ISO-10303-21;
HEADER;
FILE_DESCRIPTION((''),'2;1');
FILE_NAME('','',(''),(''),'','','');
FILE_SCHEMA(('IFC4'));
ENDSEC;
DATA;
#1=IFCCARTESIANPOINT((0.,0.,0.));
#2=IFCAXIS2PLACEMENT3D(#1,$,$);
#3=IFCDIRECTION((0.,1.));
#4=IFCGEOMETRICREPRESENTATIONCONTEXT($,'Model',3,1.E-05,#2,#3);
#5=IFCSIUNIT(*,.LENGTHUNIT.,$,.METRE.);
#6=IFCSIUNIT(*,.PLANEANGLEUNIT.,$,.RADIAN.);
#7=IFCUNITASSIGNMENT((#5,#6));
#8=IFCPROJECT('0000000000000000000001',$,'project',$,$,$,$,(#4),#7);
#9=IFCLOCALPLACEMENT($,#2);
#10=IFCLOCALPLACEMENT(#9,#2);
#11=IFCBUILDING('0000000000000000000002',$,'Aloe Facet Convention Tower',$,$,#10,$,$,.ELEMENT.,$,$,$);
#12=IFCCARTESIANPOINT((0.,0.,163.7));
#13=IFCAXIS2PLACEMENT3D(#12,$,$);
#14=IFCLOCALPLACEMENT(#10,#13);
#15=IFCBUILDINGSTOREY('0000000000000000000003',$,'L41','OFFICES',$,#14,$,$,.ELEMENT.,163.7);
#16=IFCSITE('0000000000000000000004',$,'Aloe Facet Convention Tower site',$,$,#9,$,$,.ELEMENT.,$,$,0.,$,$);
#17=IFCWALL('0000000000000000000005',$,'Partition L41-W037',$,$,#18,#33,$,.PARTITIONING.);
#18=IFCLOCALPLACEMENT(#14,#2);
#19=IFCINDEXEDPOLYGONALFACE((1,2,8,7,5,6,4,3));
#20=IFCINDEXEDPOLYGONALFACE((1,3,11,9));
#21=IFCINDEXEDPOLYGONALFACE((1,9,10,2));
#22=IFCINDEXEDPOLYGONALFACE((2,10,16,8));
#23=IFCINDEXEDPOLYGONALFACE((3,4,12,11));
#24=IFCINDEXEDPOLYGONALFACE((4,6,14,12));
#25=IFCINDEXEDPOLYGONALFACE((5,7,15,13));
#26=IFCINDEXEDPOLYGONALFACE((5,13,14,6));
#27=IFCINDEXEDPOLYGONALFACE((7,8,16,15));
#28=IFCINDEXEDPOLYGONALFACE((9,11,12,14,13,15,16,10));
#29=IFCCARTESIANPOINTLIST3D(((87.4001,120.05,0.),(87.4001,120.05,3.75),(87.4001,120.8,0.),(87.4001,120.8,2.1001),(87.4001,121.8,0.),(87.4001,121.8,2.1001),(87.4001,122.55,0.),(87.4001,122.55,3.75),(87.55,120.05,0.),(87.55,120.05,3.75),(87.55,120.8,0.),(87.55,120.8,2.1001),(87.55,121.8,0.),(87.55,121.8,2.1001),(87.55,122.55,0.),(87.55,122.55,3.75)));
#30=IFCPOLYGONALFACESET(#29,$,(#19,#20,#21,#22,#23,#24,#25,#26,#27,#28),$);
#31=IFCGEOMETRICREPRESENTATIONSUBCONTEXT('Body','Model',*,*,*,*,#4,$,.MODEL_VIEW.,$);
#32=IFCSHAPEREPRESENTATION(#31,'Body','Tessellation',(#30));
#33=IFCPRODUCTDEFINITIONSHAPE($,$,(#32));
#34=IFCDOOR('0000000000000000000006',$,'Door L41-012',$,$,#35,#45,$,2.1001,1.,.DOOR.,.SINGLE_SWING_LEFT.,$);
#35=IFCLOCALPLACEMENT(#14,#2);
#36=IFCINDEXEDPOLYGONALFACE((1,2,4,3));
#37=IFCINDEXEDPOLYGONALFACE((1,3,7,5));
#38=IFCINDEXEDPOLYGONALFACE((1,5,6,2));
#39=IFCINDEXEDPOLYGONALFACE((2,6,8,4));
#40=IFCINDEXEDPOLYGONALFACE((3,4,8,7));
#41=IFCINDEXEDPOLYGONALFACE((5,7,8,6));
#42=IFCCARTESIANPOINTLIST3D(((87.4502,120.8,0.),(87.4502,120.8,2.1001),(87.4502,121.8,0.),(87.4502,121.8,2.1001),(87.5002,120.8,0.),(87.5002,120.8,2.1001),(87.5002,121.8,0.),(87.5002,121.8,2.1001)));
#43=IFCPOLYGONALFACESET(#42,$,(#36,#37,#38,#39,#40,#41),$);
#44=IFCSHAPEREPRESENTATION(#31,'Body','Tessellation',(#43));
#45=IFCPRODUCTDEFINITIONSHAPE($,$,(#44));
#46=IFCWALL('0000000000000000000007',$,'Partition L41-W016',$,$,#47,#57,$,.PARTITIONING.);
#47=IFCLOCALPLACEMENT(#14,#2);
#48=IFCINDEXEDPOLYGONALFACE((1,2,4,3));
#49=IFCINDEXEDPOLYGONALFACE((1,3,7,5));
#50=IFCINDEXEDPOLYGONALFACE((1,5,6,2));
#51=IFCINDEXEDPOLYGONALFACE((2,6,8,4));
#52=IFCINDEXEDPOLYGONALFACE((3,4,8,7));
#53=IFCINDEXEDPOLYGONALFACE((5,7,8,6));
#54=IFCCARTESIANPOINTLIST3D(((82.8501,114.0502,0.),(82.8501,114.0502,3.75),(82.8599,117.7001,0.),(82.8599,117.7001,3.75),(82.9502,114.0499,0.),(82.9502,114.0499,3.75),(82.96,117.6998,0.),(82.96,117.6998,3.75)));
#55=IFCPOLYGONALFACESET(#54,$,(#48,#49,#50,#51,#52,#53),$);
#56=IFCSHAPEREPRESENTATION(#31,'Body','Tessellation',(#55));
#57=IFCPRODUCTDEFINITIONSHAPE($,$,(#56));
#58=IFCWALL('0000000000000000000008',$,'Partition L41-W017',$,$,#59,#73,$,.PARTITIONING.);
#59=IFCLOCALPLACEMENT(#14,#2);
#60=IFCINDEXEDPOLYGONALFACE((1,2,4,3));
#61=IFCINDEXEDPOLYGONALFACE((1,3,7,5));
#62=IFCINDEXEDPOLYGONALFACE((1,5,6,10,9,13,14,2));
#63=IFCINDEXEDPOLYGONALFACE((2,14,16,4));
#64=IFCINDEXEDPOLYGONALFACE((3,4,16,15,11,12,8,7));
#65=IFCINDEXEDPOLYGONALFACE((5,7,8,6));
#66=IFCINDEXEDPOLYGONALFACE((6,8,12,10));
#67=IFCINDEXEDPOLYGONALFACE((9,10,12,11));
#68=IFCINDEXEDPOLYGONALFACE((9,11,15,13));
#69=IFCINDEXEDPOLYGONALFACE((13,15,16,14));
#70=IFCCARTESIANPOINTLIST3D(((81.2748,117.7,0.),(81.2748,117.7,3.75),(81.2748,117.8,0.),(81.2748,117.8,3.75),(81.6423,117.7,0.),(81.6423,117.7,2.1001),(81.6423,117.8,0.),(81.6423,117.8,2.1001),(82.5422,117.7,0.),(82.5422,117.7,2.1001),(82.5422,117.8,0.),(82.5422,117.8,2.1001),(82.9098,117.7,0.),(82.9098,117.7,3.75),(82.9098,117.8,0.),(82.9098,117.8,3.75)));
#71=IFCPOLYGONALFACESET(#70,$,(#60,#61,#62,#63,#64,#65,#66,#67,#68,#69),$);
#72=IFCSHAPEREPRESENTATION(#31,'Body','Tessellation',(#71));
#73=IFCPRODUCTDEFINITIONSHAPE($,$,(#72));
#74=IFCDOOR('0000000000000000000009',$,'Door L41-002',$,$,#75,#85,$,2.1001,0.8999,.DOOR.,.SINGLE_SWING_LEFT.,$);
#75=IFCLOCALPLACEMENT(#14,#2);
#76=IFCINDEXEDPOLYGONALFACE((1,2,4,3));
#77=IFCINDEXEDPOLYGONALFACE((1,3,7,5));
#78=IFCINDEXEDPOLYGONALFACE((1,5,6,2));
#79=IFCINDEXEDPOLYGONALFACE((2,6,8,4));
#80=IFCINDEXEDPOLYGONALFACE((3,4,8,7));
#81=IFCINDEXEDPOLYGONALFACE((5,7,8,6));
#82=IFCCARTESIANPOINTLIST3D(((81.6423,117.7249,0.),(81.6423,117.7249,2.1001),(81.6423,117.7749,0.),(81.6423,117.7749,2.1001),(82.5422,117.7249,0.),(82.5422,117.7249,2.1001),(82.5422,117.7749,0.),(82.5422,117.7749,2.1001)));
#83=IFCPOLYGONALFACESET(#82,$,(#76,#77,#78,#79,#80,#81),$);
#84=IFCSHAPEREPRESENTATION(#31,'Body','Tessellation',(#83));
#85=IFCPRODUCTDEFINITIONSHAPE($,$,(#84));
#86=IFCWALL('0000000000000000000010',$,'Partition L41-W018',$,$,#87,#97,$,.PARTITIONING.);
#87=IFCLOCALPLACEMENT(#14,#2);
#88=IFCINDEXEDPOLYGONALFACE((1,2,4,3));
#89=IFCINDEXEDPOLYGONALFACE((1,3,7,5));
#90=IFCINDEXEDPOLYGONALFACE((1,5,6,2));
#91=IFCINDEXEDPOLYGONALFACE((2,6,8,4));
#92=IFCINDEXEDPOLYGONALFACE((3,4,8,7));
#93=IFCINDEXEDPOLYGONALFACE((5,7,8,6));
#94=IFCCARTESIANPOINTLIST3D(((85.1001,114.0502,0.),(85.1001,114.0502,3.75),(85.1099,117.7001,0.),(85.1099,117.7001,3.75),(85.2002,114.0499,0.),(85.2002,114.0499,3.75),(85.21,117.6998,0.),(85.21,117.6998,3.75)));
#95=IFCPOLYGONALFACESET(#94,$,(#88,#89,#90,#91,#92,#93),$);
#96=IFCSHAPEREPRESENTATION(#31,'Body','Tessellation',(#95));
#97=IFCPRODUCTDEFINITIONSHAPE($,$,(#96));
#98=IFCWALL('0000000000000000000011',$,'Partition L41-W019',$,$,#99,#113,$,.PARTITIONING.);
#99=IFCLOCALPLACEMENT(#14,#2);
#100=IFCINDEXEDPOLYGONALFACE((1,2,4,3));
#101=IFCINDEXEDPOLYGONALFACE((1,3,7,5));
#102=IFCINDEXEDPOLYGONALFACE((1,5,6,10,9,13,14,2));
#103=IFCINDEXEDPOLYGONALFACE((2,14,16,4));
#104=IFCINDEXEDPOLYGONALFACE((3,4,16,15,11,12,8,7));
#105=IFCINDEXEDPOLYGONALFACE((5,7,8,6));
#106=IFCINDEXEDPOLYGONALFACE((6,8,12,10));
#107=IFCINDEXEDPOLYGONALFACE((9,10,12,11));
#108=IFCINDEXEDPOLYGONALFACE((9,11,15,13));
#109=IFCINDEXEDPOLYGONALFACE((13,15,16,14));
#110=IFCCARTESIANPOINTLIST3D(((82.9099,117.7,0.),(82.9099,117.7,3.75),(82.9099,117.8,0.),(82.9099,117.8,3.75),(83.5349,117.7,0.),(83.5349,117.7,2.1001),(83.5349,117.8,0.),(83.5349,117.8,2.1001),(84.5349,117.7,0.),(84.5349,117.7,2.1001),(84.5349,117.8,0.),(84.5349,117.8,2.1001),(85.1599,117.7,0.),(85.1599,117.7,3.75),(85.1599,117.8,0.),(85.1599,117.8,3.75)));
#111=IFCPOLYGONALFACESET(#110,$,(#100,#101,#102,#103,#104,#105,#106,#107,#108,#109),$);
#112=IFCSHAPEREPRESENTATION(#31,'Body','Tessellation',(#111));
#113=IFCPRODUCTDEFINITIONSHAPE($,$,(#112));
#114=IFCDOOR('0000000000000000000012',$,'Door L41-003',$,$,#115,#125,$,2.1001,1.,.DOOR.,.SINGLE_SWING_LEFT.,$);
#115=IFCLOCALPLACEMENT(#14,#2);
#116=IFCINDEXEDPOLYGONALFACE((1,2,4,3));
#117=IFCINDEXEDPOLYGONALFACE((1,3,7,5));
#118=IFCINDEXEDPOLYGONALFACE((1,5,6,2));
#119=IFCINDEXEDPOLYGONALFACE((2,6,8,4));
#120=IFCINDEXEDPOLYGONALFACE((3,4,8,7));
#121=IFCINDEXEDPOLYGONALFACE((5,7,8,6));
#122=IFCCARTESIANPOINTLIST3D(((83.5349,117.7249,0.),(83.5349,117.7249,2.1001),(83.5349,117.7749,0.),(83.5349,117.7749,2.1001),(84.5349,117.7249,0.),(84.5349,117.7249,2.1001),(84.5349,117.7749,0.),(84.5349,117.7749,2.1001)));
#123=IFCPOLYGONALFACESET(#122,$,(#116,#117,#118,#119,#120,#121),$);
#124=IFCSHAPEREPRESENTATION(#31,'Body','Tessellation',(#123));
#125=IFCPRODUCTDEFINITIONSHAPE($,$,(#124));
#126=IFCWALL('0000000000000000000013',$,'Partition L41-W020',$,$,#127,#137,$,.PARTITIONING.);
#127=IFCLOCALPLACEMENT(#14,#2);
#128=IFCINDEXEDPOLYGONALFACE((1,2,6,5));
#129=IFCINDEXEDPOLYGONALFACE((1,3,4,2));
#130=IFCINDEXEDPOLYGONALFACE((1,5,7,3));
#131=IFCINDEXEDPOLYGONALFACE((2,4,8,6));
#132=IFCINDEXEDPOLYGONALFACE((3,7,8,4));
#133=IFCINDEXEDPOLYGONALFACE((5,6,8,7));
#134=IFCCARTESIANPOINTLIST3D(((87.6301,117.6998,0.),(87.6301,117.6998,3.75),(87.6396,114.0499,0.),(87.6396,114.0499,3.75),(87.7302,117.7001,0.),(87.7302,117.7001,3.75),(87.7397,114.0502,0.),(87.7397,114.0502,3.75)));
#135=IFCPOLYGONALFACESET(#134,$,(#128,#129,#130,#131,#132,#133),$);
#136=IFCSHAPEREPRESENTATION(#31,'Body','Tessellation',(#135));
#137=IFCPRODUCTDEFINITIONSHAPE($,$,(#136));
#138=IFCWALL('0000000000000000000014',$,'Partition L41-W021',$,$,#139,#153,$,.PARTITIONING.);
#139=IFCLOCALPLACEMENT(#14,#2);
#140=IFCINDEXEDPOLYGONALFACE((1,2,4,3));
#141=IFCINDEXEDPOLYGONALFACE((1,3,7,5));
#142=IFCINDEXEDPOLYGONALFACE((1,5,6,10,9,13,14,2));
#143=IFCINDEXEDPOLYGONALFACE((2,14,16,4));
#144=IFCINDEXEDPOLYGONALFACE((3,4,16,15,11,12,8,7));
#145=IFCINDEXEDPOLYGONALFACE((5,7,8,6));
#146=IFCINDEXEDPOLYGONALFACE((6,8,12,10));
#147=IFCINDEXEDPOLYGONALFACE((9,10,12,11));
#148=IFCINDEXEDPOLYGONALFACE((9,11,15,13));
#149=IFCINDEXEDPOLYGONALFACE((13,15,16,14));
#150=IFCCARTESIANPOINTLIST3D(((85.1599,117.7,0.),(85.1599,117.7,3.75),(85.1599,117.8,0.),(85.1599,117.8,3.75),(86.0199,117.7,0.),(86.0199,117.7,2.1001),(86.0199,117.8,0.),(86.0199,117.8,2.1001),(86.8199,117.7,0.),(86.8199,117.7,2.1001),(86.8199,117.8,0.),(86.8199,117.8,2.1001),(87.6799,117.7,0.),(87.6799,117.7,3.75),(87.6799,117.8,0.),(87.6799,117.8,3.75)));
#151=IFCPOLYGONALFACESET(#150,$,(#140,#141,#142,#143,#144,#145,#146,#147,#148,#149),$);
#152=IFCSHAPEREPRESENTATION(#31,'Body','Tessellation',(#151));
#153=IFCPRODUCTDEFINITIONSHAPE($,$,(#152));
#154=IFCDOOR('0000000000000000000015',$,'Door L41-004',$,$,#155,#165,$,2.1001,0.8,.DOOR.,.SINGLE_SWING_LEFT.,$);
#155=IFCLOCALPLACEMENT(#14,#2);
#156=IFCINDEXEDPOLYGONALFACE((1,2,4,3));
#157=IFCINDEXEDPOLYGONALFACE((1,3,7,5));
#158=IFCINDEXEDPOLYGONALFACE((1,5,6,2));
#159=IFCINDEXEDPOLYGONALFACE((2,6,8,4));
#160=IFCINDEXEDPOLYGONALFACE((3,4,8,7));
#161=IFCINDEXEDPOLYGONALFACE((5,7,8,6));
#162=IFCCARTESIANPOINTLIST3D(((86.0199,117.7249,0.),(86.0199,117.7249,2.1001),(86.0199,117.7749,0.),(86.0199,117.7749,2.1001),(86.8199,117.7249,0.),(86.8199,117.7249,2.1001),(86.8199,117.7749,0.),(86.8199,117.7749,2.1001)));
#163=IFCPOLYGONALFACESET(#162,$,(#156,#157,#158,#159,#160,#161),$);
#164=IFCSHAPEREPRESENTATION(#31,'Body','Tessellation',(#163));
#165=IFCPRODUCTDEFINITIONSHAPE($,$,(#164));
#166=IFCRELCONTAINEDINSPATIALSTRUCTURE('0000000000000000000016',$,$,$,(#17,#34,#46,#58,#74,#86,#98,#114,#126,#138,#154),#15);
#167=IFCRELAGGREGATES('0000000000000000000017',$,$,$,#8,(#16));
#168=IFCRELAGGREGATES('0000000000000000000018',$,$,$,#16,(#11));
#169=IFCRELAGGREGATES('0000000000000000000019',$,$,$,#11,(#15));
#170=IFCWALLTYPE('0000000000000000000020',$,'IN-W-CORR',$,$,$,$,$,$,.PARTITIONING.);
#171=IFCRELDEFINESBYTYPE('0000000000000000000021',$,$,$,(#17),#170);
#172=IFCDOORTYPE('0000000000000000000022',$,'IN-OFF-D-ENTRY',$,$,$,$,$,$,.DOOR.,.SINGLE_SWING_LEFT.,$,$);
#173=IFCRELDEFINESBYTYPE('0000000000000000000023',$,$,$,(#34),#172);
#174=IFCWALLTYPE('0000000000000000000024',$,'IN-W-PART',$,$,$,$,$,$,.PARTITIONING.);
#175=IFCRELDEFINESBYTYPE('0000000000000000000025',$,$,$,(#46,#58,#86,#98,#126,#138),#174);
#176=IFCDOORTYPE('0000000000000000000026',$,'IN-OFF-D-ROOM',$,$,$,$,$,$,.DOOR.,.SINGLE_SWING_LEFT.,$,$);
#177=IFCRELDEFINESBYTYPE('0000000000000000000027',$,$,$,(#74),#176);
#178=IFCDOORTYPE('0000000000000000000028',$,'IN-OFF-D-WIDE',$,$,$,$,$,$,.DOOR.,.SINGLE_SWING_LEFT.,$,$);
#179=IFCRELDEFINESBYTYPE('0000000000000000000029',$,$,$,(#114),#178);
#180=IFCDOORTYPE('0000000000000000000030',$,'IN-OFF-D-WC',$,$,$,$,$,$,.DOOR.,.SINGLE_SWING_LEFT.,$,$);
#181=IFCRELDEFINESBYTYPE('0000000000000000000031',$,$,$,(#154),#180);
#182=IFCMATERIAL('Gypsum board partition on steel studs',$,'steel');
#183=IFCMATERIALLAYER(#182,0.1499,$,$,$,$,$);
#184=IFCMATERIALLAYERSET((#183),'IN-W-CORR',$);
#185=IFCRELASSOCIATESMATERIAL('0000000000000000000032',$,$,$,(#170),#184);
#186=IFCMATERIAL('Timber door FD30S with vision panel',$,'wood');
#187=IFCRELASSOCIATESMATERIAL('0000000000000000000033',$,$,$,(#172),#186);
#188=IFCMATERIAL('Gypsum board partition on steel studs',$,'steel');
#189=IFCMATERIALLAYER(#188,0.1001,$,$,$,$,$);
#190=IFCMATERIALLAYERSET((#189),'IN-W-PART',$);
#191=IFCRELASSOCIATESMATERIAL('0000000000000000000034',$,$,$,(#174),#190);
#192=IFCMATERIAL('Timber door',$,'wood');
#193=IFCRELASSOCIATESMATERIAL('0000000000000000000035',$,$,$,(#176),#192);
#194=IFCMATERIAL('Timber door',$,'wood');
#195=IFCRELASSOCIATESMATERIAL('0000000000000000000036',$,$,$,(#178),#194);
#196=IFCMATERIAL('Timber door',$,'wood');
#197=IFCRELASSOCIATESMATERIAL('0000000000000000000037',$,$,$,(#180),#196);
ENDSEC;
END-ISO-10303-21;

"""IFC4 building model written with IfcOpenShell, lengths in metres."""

from ifc_helpers import new_model, si_unit, direction, frame, frame_2d, origin, place, context, subcontext, project, spatial, rectangle, extrude, material, layer, layer_set, type_object, element, fill, save


model = new_model("IFC4")

# Units and contexts
model_context = context("Model", 3, precision=1e-05, world=origin(), true_north=direction((0.0, 1.0)))
body_context = subcontext(model_context, "Body", "Model", "MODEL_VIEW")
ifc_project = project(units=[si_unit("LENGTHUNIT", "METRE"), si_unit("PLANEANGLEUNIT", "RADIAN")], contexts=[model_context])

# Site, building, storey
site_placement = place(None, origin())
site = spatial("IfcSite", under=ifc_project, at=site_placement, Name="Aloe Facet Convention Tower site", CompositionType="ELEMENT", RefElevation=0.0)
building_placement = place(site_placement, origin())
building = spatial("IfcBuilding", under=site, at=building_placement, Name="Aloe Facet Convention Tower", CompositionType="ELEMENT")
storey_placement = place(building_placement, frame((0.0, 0.0, 163.7)))
storey = spatial("IfcBuildingStorey", under=building, at=storey_placement, Name="L41", Description="OFFICES", CompositionType="ELEMENT", Elevation=163.7)

# Wall, opening, door
ifc_material_1 = material(Name="Gypsum board partition on steel studs", Category="steel")
ifc_layer_1 = layer(ifc_material_1, 0.1499)
ifc_layer_set_1 = layer_set([ifc_layer_1], Name="IN-W-CORR")
wall_type_1 = type_object("IfcWallType", Name="IN-W-CORR", PredefinedType="PARTITIONING", material=ifc_layer_set_1)
ifc_material_2 = material(Name="Timber door FD30S with vision panel", Category="wood")
door_type_1 = type_object("IfcDoorType", Name="IN-OFF-D-ENTRY", OperationType="SINGLE_SWING_LEFT", PredefinedType="DOOR", material=ifc_material_2)
wall_1_placement = place(storey_placement, frame((87.4751, 120.05, 0.0), z_axis=(0.0, 0.0, 1.0), x_axis=(0.0, 1.0, 0.0)))
wall_1 = element("IfcWall", 1, at=wall_1_placement, inside=storey, type_object=wall_type_1, Name="Partition L41-W037", PredefinedType="PARTITIONING", context=body_context, shape_type="SweptSolid", body=[
    extrude(rectangle(XDim=2.5, YDim=0.1499, at=frame_2d((1.25, 0.0))), origin(), (0.0, 0.0, 1.0), 3.75),
])
opening_1_placement = place(wall_1_placement, frame((0.75, 0.0, 0.0)))
opening_1 = element("IfcOpeningElement", 2, at=opening_1_placement, cuts=wall_1, PredefinedType="OPENING", context=body_context, shape_type="SweptSolid", body=[
    extrude(rectangle(XDim=1.0, YDim=2.1001, at=frame_2d((0.5, 1.05))), frame((0.0, 0.085, 0.0), z_axis=(0.0, -1.0, 0.0), x_axis=(1.0, 0.0, 0.0)), (0.0, 0.0, 1.0), 0.1699),
])
door_1_placement = place(opening_1_placement, origin())
door_1 = element("IfcDoor", 3, at=door_1_placement, inside=storey, type_object=door_type_1, Name="Door L41-012", OperationType="SINGLE_SWING_LEFT", OverallHeight=2.1001, OverallWidth=1.0, PredefinedType="DOOR", context=body_context, shape_type="SweptSolid", body=[
    extrude(rectangle(XDim=1.0, YDim=2.1001, at=frame_2d((0.5, 1.05))), frame((0.0, 0.0249, 0.0), z_axis=(0.0, -1.0, 0.0), x_axis=(1.0, 0.0, 0.0)), (0.0, 0.0, 1.0), 0.05),
])
fill(opening_1, door_1)

# Wall
ifc_material_3 = material(Name="Gypsum board partition on steel studs", Category="steel")
ifc_layer_2 = layer(ifc_material_3, 0.1001)
ifc_layer_set_2 = layer_set([ifc_layer_2], Name="IN-W-PART")
wall_type_2 = type_object("IfcWallType", Name="IN-W-PART", PredefinedType="PARTITIONING", material=ifc_layer_set_2)
wall_2_placement = place(storey_placement, frame((82.9001, 114.05, 0.0), z_axis=(0.0, 0.0, 1.0), x_axis=(0.002676, 0.999996, 0.0)))
element("IfcWall", 4, at=wall_2_placement, inside=storey, type_object=wall_type_2, Name="Partition L41-W016", PredefinedType="PARTITIONING", context=body_context, shape_type="SweptSolid", body=[
    extrude(rectangle(XDim=3.6499, YDim=0.1001, at=frame_2d((1.825, 0.0))), origin(), (0.0, 0.0, 1.0), 3.75),
])

# Wall, opening, door
wall_3_placement = place(storey_placement, frame((81.2749, 117.75, 0.0), z_axis=(0.0, 0.0, 1.0), x_axis=(1.0, 0.0, 0.0)))
wall_3 = element("IfcWall", 5, at=wall_3_placement, inside=storey, type_object=wall_type_2, Name="Partition L41-W017", PredefinedType="PARTITIONING", context=body_context, shape_type="SweptSolid", body=[
    extrude(rectangle(XDim=1.635, YDim=0.1001, at=frame_2d((0.8174, 0.0))), origin(), (0.0, 0.0, 1.0), 3.75),
])
opening_2_placement = place(wall_3_placement, frame((0.3674, 0.0, 0.0)))
opening_2 = element("IfcOpeningElement", 6, at=opening_2_placement, cuts=wall_3, PredefinedType="OPENING", context=body_context, shape_type="SweptSolid", body=[
    extrude(rectangle(XDim=0.8999, YDim=2.1001, at=frame_2d((0.45, 1.05))), frame((0.0, 0.0601, 0.0), z_axis=(0.0, -1.0, 0.0), x_axis=(1.0, 0.0, 0.0)), (0.0, 0.0, 1.0), 0.1201),
])
ifc_material_4 = material(Name="Timber door", Category="wood")
door_type_2 = type_object("IfcDoorType", Name="IN-OFF-D-ROOM", OperationType="SINGLE_SWING_LEFT", PredefinedType="DOOR", material=ifc_material_4)
door_2_placement = place(opening_2_placement, origin())
door_2 = element("IfcDoor", 7, at=door_2_placement, inside=storey, type_object=door_type_2, Name="Door L41-002", OperationType="SINGLE_SWING_LEFT", OverallHeight=2.1001, OverallWidth=0.8999, PredefinedType="DOOR", context=body_context, shape_type="SweptSolid", body=[
    extrude(rectangle(XDim=0.8999, YDim=2.1001, at=frame_2d((0.45, 1.05))), frame((0.0, 0.0249, 0.0), z_axis=(0.0, -1.0, 0.0), x_axis=(1.0, 0.0, 0.0)), (0.0, 0.0, 1.0), 0.05),
])
fill(opening_2, door_2)

# Wall
wall_4_placement = place(storey_placement, frame((85.1501, 114.05, 0.0), z_axis=(0.0, 0.0, 1.0), x_axis=(0.002676, 0.999996, 0.0)))
element("IfcWall", 8, at=wall_4_placement, inside=storey, type_object=wall_type_2, Name="Partition L41-W018", PredefinedType="PARTITIONING", context=body_context, shape_type="SweptSolid", body=[
    extrude(rectangle(XDim=3.6499, YDim=0.1001, at=frame_2d((1.825, 0.0))), origin(), (0.0, 0.0, 1.0), 3.75),
])

# Wall, opening, door
wall_5_placement = place(storey_placement, frame((82.9099, 117.75, 0.0), z_axis=(0.0, 0.0, 1.0), x_axis=(1.0, 0.0, 0.0)))
wall_5 = element("IfcWall", 9, at=wall_5_placement, inside=storey, type_object=wall_type_2, Name="Partition L41-W019", PredefinedType="PARTITIONING", context=body_context, shape_type="SweptSolid", body=[
    extrude(rectangle(XDim=2.25, YDim=0.1001, at=frame_2d((1.125, 0.0))), origin(), (0.0, 0.0, 1.0), 3.75),
])
opening_3_placement = place(wall_5_placement, frame((0.625, 0.0, 0.0)))
opening_3 = element("IfcOpeningElement", 10, at=opening_3_placement, cuts=wall_5, PredefinedType="OPENING", context=body_context, shape_type="SweptSolid", body=[
    extrude(rectangle(XDim=1.0, YDim=2.1001, at=frame_2d((0.5, 1.05))), frame((0.0, 0.0601, 0.0), z_axis=(0.0, -1.0, 0.0), x_axis=(1.0, 0.0, 0.0)), (0.0, 0.0, 1.0), 0.1201),
])
ifc_material_5 = material(Name="Timber door", Category="wood")
door_type_3 = type_object("IfcDoorType", Name="IN-OFF-D-WIDE", OperationType="SINGLE_SWING_LEFT", PredefinedType="DOOR", material=ifc_material_5)
door_3_placement = place(opening_3_placement, origin())
door_3 = element("IfcDoor", 11, at=door_3_placement, inside=storey, type_object=door_type_3, Name="Door L41-003", OperationType="SINGLE_SWING_LEFT", OverallHeight=2.1001, OverallWidth=1.0, PredefinedType="DOOR", context=body_context, shape_type="SweptSolid", body=[
    extrude(rectangle(XDim=1.0, YDim=2.1001, at=frame_2d((0.5, 1.05))), frame((0.0, 0.0249, 0.0), z_axis=(0.0, -1.0, 0.0), x_axis=(1.0, 0.0, 0.0)), (0.0, 0.0, 1.0), 0.05),
])
fill(opening_3, door_3)

# Wall
wall_6_placement = place(storey_placement, frame((87.6897, 114.05, 0.0), z_axis=(0.0, 0.0, 1.0), x_axis=(-0.002609, 0.999997, 0.0)))
element("IfcWall", 12, at=wall_6_placement, inside=storey, type_object=wall_type_2, Name="Partition L41-W020", PredefinedType="PARTITIONING", context=body_context, shape_type="SweptSolid", body=[
    extrude(rectangle(XDim=3.6499, YDim=0.1001, at=frame_2d((1.825, 0.0))), origin(), (0.0, 0.0, 1.0), 3.75),
])

# Wall, opening, door
wall_7_placement = place(storey_placement, frame((85.1599, 117.75, 0.0), z_axis=(0.0, 0.0, 1.0), x_axis=(1.0, 0.0, 0.0)))
wall_7 = element("IfcWall", 13, at=wall_7_placement, inside=storey, type_object=wall_type_2, Name="Partition L41-W021", PredefinedType="PARTITIONING", context=body_context, shape_type="SweptSolid", body=[
    extrude(rectangle(XDim=2.52, YDim=0.1001, at=frame_2d((1.26, 0.0))), origin(), (0.0, 0.0, 1.0), 3.75),
])
opening_4_placement = place(wall_7_placement, frame((0.8601, 0.0, 0.0)))
opening_4 = element("IfcOpeningElement", 14, at=opening_4_placement, cuts=wall_7, PredefinedType="OPENING", context=body_context, shape_type="SweptSolid", body=[
    extrude(rectangle(XDim=0.8, YDim=2.1001, at=frame_2d((0.3999, 1.05))), frame((0.0, 0.0601, 0.0), z_axis=(0.0, -1.0, 0.0), x_axis=(1.0, 0.0, 0.0)), (0.0, 0.0, 1.0), 0.1201),
])
ifc_material_6 = material(Name="Timber door", Category="wood")
door_type_4 = type_object("IfcDoorType", Name="IN-OFF-D-WC", OperationType="SINGLE_SWING_LEFT", PredefinedType="DOOR", material=ifc_material_6)
door_4_placement = place(opening_4_placement, origin())
door_4 = element("IfcDoor", 15, at=door_4_placement, inside=storey, type_object=door_type_4, Name="Door L41-004", OperationType="SINGLE_SWING_LEFT", OverallHeight=2.1001, OverallWidth=0.8, PredefinedType="DOOR", context=body_context, shape_type="SweptSolid", body=[
    extrude(rectangle(XDim=0.8, YDim=2.1001, at=frame_2d((0.3999, 1.05))), frame((0.0, 0.0249, 0.0), z_axis=(0.0, -1.0, 0.0), x_axis=(1.0, 0.0, 0.0)), (0.0, 0.0, 1.0), 0.05),
])
fill(opening_4, door_4)

save(model, "model.ifc")
